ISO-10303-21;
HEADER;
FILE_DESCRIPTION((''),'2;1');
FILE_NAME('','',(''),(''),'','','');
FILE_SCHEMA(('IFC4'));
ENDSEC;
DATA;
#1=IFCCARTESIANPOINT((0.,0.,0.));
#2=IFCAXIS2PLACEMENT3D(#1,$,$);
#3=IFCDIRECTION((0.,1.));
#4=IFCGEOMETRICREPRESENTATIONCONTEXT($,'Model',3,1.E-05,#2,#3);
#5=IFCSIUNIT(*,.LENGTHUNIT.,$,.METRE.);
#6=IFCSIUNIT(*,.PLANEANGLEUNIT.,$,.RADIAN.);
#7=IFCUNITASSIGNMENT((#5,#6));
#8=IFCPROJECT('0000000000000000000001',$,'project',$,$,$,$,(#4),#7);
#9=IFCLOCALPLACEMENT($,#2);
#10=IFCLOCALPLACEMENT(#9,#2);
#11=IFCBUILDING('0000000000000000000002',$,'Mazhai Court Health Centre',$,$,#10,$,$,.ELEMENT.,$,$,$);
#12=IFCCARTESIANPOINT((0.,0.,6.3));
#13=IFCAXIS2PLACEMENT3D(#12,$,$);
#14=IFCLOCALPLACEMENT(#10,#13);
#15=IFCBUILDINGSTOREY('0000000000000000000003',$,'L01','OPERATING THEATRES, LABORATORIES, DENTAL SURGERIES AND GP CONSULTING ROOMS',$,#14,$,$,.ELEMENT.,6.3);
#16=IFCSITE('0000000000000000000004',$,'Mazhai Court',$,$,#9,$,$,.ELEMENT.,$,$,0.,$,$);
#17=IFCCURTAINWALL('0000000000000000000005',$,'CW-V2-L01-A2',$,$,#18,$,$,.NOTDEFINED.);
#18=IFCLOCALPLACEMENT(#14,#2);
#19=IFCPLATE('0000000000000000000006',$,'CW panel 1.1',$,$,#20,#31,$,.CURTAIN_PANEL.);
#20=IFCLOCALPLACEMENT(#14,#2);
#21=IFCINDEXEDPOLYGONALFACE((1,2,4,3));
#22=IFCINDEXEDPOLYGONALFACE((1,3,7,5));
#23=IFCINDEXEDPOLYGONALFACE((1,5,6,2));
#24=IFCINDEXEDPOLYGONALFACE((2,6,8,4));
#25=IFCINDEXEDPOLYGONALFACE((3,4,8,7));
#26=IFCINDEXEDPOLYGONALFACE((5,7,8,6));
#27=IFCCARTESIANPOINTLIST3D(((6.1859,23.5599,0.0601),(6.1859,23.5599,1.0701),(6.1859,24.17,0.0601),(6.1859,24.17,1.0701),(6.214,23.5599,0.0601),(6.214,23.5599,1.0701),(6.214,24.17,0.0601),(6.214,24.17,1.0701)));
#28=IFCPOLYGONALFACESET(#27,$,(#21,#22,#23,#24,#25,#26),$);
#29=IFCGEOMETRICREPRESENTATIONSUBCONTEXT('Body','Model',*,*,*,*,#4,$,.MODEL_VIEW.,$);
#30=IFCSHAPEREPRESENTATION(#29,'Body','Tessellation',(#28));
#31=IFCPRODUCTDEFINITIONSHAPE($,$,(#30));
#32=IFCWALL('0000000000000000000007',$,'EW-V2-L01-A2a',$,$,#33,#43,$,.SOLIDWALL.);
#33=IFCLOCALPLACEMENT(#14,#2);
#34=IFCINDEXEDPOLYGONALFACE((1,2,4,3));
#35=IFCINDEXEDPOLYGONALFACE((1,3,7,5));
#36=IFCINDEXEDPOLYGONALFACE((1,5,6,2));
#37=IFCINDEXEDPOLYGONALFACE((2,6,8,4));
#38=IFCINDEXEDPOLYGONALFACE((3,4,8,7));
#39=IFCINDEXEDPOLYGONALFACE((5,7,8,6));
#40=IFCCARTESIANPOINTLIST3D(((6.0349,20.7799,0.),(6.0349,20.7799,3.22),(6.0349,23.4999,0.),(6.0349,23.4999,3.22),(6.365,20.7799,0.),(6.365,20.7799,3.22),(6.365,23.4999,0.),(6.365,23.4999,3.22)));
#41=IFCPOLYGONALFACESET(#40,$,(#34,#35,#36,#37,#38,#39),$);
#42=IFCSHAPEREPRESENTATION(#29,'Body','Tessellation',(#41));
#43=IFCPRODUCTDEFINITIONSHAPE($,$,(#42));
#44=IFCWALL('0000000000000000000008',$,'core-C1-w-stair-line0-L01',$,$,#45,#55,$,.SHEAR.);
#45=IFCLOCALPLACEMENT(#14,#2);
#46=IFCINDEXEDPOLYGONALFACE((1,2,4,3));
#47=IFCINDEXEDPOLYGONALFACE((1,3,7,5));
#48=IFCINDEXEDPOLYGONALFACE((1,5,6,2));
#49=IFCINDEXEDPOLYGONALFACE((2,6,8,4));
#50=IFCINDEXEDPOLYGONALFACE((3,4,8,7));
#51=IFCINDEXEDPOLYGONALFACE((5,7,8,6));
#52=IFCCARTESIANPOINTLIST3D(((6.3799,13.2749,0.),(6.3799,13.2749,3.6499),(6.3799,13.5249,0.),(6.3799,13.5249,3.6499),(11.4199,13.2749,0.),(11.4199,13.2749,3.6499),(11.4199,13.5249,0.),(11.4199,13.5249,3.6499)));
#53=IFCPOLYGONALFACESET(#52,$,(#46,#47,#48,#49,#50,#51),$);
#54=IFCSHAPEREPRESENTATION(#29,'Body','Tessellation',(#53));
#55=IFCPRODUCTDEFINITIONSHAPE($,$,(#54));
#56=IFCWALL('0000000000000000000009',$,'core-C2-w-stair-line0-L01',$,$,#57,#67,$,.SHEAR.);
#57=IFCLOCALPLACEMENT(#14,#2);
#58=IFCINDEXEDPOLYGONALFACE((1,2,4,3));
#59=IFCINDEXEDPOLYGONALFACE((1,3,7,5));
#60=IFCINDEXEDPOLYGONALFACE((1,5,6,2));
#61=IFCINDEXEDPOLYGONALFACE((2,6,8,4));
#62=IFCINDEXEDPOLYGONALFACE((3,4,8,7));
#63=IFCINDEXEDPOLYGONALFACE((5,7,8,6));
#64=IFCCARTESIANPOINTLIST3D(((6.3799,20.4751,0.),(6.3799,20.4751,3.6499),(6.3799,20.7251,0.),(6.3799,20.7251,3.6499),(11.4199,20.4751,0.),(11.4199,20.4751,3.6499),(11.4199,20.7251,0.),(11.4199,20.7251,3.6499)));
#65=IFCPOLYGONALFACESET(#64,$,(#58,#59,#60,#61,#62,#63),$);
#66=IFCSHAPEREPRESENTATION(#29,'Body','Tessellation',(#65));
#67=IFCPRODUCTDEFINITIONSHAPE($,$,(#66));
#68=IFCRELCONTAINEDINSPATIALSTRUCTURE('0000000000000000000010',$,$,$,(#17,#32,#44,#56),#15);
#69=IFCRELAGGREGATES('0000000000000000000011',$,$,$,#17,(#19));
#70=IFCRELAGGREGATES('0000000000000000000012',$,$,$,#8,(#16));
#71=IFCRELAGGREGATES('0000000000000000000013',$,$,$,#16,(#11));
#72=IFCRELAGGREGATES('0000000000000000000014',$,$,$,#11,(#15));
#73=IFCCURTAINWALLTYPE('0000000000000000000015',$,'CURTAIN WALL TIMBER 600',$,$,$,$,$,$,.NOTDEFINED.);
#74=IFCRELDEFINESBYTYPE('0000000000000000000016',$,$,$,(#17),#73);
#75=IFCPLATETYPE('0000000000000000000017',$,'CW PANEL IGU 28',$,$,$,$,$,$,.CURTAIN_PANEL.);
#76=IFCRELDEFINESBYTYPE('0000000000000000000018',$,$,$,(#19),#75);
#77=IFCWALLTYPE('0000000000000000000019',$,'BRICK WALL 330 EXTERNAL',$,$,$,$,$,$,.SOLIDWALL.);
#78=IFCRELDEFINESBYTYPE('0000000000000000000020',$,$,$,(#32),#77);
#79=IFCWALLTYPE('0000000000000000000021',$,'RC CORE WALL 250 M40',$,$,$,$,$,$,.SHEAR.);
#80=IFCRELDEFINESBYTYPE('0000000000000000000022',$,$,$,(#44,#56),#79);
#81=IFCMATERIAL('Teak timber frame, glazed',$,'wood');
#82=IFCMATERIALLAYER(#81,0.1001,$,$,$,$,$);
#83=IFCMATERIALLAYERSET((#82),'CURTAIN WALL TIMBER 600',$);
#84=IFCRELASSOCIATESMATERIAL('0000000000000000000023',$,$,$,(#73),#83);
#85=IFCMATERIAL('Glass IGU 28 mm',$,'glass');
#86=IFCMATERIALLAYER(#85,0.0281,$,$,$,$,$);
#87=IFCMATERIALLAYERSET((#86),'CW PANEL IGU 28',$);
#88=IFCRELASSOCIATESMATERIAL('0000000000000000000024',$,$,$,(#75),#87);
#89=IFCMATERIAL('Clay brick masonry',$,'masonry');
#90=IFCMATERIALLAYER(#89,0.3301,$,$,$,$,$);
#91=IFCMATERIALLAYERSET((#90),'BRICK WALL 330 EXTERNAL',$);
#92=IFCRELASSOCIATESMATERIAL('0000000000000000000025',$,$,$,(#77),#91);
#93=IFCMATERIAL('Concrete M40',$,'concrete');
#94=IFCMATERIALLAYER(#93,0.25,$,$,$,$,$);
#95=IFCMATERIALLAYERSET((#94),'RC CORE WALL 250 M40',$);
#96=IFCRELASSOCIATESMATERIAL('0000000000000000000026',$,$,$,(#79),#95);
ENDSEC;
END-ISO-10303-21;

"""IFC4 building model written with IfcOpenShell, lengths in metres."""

from ifc_helpers import new_model, si_unit, direction, frame, frame_2d, origin, origin_2d, place, context, subcontext, project, spatial, rectangle, extrude, material, layer, layer_set, type_object, element, aggregate, save


model = new_model("IFC4")

# Units and contexts
model_context = context("Model", 3, precision=1e-05, world=origin(), true_north=direction((0.0, 1.0)))
body_context = subcontext(model_context, "Body", "Model", "MODEL_VIEW")
ifc_project = project(units=[si_unit("LENGTHUNIT", "METRE"), si_unit("PLANEANGLEUNIT", "RADIAN")], contexts=[model_context])

# Site, building, storey
site_placement = place(None, origin())
site = spatial("IfcSite", under=ifc_project, at=site_placement, Name="Mazhai Court", CompositionType="ELEMENT", RefElevation=0.0)
building_placement = place(site_placement, origin())
building = spatial("IfcBuilding", under=site, at=building_placement, Name="Mazhai Court Health Centre", CompositionType="ELEMENT")
storey_placement = place(building_placement, frame((0.0, 0.0, 6.3)))
storey = spatial("IfcBuildingStorey", under=building, at=storey_placement, Name="L01", Description="OPERATING THEATRES, LABORATORIES, DENTAL SURGERIES AND GP CONSULTING ROOMS", CompositionType="ELEMENT", Elevation=6.3)

# Curtain wall
ifc_material_1 = material(Name="Teak timber frame, glazed", Category="wood")
ifc_layer_1 = layer(ifc_material_1, 0.1001)
ifc_layer_set_1 = layer_set([ifc_layer_1], Name="CURTAIN WALL TIMBER 600")
curtain_wall_type_1 = type_object("IfcCurtainWallType", Name="CURTAIN WALL TIMBER 600", PredefinedType="NOTDEFINED", material=ifc_layer_set_1)
curtain_wall_1_placement = place(storey_placement, origin())
curtain_wall_1 = element("IfcCurtainWall", 1, at=curtain_wall_1_placement, inside=storey, type_object=curtain_wall_type_1, Name="CW-V2-L01-A2", PredefinedType="NOTDEFINED")

# Plate
ifc_material_2 = material(Name="Glass IGU 28 mm", Category="glass")
ifc_layer_2 = layer(ifc_material_2, 0.0281)
ifc_layer_set_2 = layer_set([ifc_layer_2], Name="CW PANEL IGU 28")
plate_type = type_object("IfcPlateType", Name="CW PANEL IGU 28", PredefinedType="CURTAIN_PANEL", material=ifc_layer_set_2)
plate_placement = place(storey_placement, frame((6.2, 23.865, 0.0601), z_axis=(0.0, 0.0, 1.0), x_axis=(0.0, 1.0, 0.0)))
plate = element("IfcPlate", 2, at=plate_placement, type_object=plate_type, Name="CW panel 1.1", PredefinedType="CURTAIN_PANEL", context=body_context, shape_type="SweptSolid", body=[
    extrude(rectangle(XDim=0.6101, YDim=0.0281, at=origin_2d()), origin(), (0.0, 0.0, 1.0), 1.01),
])
aggregate(curtain_wall_1, [plate])

# Wall
ifc_material_3 = material(Name="Clay brick masonry", Category="masonry")
ifc_layer_3 = layer(ifc_material_3, 0.3301)
ifc_layer_set_3 = layer_set([ifc_layer_3], Name="BRICK WALL 330 EXTERNAL")
wall_type_1 = type_object("IfcWallType", Name="BRICK WALL 330 EXTERNAL", PredefinedType="SOLIDWALL", material=ifc_layer_set_3)
wall_1_placement = place(storey_placement, frame((6.2, 20.78, 0.0), z_axis=(0.0, 0.0, 1.0), x_axis=(0.0, 1.0, 0.0)))
element("IfcWall", 3, at=wall_1_placement, inside=storey, type_object=wall_type_1, Name="EW-V2-L01-A2a", PredefinedType="SOLIDWALL", context=body_context, shape_type="SweptSolid", body=[
    extrude(rectangle(XDim=2.72, YDim=0.3301, at=frame_2d((1.3599, 0.0))), origin(), (0.0, 0.0, 1.0), 3.22),
])

# Walls
ifc_material_4 = material(Name="Concrete M40", Category="concrete")
ifc_layer_4 = layer(ifc_material_4, 0.25)
ifc_layer_set_4 = layer_set([ifc_layer_4], Name="RC CORE WALL 250 M40")
wall_type_2 = type_object("IfcWallType", Name="RC CORE WALL 250 M40", PredefinedType="SHEAR", material=ifc_layer_set_4)
for number, where, z_axis, x_axis, name in (
    (4, (6.3799, 13.3999, 0.0), (0.0, 0.0, 1.0), (1.0, 0.0, 0.0), "core-C1-w-stair-line0-L01"),
    (5, (6.3799, 20.6001, 0.0), (0.0, 0.0, 1.0), (1.0, 0.0, 0.0), "core-C2-w-stair-line0-L01"),
):
    element("IfcWall", number, at=place(storey_placement, frame(where, z_axis=z_axis, x_axis=x_axis)), inside=storey, type_object=wall_type_2, Name=name, PredefinedType="SHEAR", context=body_context, shape_type="SweptSolid", body=[
        extrude(rectangle(XDim=5.04, YDim=0.25, at=frame_2d((2.52, 0.0))), origin(), (0.0, 0.0, 1.0), 3.6499),
    ])

save(model, "model.ifc")
